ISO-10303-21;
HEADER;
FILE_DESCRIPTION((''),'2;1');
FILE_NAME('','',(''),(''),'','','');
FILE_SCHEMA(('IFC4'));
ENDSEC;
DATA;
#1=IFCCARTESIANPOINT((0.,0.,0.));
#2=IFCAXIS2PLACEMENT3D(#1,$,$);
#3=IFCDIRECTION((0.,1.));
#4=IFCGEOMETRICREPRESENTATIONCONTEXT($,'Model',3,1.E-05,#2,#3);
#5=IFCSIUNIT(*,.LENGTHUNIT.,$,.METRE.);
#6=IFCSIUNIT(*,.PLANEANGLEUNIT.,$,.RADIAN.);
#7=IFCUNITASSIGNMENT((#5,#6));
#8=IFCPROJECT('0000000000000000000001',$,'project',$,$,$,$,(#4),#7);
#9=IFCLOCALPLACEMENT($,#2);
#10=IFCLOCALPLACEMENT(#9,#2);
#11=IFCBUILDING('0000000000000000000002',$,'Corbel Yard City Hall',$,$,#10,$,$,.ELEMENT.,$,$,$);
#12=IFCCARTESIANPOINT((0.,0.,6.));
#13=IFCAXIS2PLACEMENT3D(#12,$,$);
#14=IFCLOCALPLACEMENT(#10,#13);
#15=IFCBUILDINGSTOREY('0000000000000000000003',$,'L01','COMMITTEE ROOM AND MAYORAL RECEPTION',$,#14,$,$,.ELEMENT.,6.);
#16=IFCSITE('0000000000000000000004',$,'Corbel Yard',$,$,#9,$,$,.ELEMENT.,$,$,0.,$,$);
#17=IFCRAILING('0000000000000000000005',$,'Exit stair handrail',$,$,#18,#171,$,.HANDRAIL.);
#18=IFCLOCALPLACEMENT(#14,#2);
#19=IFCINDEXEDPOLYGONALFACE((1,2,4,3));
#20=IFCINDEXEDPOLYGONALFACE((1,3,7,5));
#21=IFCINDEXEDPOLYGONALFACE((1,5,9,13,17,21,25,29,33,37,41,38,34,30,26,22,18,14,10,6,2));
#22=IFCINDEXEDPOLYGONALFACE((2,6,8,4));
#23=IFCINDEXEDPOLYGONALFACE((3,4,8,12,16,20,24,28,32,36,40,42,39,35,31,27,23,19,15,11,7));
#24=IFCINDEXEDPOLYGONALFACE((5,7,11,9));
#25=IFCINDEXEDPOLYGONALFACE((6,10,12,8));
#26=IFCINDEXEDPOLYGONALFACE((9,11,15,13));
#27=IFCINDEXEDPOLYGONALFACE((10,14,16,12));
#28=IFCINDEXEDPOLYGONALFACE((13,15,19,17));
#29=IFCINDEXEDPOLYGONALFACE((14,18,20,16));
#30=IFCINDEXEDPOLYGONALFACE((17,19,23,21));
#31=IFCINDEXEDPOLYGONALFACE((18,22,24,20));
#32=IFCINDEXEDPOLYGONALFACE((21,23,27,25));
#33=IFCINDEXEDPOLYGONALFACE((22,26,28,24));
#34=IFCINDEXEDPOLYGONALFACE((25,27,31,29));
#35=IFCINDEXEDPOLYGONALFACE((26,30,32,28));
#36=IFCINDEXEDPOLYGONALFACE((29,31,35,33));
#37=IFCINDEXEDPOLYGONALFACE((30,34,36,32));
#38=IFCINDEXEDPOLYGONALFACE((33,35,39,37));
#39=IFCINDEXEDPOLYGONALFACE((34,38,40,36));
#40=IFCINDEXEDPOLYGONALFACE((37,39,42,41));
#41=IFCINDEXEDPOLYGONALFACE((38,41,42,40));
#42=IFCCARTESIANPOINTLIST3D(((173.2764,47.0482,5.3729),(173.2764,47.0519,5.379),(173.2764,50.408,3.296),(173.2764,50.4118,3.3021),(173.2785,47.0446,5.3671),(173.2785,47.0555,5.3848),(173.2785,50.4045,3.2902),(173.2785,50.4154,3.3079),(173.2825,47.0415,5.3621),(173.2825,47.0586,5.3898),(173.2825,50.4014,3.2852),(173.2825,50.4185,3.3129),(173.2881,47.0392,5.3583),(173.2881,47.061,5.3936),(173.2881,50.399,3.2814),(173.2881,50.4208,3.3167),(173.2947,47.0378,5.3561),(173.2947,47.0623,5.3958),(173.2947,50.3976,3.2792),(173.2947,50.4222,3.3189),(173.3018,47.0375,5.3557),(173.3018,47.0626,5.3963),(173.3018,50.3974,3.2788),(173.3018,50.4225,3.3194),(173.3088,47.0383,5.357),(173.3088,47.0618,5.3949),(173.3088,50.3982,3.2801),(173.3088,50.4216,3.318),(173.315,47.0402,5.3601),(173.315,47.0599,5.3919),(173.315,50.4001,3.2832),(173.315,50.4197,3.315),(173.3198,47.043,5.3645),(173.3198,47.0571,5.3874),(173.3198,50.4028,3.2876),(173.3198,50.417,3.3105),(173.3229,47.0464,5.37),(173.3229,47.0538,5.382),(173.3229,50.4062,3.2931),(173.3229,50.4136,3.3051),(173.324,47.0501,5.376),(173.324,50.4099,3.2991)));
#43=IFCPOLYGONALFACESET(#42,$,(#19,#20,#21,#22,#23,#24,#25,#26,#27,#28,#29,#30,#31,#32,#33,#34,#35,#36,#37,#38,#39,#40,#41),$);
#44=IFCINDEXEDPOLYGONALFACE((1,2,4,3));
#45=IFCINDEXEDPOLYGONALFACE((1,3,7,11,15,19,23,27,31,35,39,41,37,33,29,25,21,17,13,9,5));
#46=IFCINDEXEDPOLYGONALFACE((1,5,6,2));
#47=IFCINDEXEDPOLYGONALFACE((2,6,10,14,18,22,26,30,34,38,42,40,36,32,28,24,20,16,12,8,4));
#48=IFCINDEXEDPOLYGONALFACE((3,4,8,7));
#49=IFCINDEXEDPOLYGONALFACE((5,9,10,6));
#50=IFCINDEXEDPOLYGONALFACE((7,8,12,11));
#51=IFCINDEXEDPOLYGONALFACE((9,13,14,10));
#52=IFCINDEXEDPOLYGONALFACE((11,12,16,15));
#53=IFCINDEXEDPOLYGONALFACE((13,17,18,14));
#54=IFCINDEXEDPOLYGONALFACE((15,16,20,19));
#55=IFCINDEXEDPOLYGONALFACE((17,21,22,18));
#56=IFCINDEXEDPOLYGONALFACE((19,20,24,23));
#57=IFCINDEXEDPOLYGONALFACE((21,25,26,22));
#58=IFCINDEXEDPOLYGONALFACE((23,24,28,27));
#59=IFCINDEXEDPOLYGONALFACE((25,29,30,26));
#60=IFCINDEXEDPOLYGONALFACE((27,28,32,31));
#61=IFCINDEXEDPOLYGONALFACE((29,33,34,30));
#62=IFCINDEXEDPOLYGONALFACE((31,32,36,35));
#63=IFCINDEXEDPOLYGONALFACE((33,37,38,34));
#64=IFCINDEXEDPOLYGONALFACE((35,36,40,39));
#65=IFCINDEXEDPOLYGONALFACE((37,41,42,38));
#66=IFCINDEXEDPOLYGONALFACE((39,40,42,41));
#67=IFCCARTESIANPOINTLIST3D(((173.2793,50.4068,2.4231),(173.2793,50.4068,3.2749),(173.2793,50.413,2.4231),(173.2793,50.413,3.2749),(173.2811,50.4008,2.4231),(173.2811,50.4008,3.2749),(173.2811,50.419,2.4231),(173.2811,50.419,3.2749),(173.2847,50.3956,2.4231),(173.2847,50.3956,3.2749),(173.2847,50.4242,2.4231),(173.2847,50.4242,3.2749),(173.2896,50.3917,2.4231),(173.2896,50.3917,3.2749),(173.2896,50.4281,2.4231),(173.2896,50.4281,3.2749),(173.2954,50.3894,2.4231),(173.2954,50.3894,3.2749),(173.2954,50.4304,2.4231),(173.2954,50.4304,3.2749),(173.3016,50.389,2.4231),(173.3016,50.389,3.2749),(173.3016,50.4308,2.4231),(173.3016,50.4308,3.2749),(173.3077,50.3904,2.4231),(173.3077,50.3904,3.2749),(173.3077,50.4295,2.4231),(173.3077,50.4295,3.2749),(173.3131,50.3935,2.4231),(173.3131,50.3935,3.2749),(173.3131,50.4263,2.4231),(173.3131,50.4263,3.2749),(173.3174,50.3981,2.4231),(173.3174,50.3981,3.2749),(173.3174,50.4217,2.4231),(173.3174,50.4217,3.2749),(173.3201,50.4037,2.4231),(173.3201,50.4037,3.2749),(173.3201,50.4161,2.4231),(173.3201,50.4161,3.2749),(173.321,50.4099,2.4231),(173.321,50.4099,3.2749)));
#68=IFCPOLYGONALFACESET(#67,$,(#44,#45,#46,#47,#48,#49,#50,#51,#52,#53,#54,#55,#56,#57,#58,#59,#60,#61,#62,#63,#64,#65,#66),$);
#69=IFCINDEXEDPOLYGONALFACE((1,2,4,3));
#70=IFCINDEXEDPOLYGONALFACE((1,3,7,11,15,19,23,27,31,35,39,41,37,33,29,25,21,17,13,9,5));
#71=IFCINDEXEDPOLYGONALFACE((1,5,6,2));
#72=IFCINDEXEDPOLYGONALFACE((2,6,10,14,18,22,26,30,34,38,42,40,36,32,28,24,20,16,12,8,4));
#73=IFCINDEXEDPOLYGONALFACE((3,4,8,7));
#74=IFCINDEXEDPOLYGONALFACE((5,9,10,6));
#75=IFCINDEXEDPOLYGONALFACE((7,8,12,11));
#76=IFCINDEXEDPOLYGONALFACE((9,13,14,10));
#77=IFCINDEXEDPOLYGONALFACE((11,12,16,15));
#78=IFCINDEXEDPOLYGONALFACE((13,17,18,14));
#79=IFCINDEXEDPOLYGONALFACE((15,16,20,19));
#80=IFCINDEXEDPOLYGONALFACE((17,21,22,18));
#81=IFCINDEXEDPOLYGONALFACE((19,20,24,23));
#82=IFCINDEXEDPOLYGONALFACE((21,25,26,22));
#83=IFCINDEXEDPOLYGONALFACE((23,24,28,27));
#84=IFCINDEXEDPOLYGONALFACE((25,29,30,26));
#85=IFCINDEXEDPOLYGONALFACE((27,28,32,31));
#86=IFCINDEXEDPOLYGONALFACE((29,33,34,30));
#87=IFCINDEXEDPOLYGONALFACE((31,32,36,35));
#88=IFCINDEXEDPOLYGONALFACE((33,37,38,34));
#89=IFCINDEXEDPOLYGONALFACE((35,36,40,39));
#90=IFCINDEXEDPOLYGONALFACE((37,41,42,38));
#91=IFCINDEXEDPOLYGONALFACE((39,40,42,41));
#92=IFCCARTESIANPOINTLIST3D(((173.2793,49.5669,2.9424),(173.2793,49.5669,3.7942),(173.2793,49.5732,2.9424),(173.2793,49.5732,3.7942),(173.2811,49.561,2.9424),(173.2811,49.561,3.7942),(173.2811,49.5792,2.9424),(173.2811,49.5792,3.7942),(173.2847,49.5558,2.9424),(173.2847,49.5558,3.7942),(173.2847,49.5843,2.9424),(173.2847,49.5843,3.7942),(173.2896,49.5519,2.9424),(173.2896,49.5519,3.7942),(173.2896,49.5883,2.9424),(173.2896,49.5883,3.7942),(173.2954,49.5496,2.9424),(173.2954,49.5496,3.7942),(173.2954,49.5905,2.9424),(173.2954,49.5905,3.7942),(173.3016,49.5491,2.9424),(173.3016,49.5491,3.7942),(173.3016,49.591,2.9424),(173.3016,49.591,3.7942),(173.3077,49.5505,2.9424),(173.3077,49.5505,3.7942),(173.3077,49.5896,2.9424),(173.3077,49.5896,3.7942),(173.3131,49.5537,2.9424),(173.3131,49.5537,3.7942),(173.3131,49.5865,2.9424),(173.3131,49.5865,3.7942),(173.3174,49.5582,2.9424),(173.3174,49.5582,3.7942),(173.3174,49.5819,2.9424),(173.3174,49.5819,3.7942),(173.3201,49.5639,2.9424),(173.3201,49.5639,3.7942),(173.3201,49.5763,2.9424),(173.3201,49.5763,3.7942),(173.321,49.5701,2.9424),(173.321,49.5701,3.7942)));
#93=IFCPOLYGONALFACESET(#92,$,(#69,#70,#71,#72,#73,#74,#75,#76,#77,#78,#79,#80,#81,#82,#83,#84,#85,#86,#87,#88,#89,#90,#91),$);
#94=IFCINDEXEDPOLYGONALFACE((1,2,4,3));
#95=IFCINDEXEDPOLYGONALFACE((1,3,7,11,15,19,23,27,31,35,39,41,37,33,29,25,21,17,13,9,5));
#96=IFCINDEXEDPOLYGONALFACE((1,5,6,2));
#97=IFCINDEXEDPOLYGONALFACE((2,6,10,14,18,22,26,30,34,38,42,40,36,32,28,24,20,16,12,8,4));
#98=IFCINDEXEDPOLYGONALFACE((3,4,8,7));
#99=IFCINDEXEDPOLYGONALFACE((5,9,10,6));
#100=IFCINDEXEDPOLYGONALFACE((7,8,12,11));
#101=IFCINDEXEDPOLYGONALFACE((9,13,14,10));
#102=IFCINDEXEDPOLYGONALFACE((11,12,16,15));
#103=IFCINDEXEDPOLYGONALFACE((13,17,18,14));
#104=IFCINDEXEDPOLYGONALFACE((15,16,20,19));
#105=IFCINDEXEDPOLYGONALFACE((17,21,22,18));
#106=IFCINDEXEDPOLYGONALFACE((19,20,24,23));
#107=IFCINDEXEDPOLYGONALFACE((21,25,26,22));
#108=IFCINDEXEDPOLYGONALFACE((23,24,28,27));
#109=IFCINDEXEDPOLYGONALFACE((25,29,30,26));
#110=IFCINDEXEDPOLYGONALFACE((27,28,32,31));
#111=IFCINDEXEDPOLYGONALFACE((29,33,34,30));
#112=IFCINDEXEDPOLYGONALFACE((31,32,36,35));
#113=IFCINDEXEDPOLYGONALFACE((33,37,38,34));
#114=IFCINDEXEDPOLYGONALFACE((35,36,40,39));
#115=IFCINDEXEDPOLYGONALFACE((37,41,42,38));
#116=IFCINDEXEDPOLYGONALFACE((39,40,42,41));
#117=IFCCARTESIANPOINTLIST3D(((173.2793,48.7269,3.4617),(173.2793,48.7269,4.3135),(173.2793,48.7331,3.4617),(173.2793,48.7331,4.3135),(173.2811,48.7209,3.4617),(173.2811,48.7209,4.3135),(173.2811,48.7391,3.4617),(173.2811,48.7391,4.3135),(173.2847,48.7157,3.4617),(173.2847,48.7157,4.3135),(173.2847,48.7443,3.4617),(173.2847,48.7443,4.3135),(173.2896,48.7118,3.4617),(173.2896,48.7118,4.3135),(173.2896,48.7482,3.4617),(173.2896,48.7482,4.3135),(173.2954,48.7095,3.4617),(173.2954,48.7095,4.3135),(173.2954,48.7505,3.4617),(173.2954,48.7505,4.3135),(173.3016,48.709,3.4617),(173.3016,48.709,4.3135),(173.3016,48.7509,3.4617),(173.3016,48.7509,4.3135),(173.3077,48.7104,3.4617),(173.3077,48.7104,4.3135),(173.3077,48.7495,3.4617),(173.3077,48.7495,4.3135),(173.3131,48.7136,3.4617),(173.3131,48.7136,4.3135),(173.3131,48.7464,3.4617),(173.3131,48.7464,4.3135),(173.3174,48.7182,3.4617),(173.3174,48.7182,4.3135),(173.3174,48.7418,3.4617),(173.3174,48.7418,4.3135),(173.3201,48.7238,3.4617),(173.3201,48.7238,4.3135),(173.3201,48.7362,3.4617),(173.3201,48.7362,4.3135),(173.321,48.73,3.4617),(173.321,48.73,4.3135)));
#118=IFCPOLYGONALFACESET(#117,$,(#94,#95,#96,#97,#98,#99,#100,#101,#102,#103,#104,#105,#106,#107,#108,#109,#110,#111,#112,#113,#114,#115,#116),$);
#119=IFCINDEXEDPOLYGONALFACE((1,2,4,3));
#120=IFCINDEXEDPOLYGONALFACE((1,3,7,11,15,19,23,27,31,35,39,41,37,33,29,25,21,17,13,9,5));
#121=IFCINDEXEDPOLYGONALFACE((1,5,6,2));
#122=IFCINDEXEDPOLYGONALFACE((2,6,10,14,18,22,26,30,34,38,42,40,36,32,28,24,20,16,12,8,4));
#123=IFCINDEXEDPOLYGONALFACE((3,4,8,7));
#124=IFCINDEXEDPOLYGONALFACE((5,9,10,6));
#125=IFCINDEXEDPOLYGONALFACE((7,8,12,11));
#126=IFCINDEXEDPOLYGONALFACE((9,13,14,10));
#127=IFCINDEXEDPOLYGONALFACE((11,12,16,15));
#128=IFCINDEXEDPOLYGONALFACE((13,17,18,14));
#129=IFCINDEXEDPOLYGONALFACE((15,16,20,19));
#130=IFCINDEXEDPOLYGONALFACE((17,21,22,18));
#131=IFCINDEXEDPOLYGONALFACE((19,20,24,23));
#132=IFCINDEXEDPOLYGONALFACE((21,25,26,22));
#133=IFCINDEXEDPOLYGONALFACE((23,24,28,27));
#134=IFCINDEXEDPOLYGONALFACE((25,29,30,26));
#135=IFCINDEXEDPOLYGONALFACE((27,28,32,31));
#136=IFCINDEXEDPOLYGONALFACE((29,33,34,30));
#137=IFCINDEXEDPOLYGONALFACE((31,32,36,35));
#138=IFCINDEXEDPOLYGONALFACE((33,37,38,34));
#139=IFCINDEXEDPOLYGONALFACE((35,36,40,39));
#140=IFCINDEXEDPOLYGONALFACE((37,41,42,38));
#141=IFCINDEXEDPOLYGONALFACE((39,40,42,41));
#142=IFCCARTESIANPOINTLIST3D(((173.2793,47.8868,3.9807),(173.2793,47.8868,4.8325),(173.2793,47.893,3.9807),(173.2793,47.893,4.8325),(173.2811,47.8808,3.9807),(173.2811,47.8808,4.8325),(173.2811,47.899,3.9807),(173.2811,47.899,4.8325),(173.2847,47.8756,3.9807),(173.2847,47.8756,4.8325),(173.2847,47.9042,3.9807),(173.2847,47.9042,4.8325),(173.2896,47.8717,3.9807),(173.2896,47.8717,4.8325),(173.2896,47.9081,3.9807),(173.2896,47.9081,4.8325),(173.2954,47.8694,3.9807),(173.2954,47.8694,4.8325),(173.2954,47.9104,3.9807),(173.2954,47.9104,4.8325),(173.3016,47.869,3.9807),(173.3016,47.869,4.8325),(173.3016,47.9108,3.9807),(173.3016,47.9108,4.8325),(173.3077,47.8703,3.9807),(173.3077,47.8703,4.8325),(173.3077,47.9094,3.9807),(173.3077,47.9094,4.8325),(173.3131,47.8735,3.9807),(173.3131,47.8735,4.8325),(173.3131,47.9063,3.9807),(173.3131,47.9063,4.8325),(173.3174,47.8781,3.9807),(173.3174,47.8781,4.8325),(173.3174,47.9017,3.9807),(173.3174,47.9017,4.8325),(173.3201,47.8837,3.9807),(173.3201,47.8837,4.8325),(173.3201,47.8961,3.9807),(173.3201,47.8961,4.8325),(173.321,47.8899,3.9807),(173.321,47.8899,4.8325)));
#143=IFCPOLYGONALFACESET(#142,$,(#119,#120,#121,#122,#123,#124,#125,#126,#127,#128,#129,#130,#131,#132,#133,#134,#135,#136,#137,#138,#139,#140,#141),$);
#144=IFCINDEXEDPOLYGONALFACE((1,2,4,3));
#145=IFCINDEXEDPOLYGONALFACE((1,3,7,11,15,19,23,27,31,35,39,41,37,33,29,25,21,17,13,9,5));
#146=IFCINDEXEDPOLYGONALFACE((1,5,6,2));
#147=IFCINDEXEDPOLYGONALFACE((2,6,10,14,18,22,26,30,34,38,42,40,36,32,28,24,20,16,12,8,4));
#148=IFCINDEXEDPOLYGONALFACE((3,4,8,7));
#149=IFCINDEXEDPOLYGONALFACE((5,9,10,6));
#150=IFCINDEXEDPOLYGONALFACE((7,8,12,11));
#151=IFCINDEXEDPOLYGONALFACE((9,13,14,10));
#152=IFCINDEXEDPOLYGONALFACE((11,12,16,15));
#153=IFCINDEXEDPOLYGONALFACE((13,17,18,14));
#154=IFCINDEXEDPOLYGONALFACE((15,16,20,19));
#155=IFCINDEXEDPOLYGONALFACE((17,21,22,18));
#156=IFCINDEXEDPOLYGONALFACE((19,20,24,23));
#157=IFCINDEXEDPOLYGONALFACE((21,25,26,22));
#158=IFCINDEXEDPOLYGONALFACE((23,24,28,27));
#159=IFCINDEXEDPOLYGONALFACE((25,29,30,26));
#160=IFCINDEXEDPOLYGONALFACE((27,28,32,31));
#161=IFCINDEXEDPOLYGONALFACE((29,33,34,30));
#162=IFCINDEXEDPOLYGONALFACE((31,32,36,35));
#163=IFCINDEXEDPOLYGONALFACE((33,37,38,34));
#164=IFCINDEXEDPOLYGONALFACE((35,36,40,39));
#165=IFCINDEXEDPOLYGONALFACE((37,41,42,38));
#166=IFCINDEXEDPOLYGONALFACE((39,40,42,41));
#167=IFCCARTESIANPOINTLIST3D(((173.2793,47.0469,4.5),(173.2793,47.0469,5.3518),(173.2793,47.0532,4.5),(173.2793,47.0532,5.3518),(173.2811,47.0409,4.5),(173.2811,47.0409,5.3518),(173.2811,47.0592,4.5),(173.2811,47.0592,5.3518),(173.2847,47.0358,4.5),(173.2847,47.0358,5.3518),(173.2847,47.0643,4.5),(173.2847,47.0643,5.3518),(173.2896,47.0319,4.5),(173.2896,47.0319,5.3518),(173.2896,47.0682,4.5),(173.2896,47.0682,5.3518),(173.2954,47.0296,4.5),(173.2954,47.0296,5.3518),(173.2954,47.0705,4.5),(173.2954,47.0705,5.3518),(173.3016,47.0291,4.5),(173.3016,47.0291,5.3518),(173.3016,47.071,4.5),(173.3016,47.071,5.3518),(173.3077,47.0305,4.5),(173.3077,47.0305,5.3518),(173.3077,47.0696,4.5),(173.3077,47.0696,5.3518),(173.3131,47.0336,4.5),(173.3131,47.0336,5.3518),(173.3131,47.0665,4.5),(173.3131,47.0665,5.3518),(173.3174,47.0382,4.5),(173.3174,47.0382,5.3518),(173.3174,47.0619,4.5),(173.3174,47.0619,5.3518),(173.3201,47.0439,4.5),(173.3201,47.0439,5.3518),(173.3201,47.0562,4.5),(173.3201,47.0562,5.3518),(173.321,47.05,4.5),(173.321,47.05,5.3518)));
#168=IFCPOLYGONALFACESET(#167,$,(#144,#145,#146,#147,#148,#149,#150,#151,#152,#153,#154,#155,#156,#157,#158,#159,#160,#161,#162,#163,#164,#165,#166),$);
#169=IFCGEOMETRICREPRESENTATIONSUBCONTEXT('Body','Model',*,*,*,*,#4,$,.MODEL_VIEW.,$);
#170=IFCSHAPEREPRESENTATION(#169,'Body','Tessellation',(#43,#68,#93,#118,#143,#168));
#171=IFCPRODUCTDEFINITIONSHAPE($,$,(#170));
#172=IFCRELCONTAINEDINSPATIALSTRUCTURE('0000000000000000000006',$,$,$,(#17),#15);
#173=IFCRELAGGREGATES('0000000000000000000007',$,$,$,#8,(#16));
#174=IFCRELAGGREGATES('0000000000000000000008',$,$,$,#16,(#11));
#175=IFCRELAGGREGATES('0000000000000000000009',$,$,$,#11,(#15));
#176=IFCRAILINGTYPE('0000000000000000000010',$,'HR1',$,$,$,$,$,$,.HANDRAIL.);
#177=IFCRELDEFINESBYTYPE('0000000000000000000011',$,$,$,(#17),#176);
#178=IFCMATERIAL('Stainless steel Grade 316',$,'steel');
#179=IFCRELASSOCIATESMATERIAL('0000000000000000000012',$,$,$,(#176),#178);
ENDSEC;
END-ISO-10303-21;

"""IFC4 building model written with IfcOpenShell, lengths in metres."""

from ifc_helpers import new_model, si_unit, direction, frame, origin, origin_2d, place, context, subcontext, project, spatial, circle, extrude, material, type_object, element, save


model = new_model("IFC4")

# Units and contexts
model_context = context("Model", 3, precision=1e-05, world=origin(), true_north=direction((0.0, 1.0)))
body_context = subcontext(model_context, "Body", "Model", "MODEL_VIEW")
ifc_project = project(units=[si_unit("LENGTHUNIT", "METRE"), si_unit("PLANEANGLEUNIT", "RADIAN")], contexts=[model_context])

# Site, building, storey
site_placement = place(None, origin())
site = spatial("IfcSite", under=ifc_project, at=site_placement, Name="Corbel Yard", CompositionType="ELEMENT", RefElevation=0.0)
building_placement = place(site_placement, origin())
building = spatial("IfcBuilding", under=site, at=building_placement, Name="Corbel Yard City Hall", CompositionType="ELEMENT")
storey_placement = place(building_placement, frame((0.0, 0.0, 6.0)))
storey = spatial("IfcBuildingStorey", under=building, at=storey_placement, Name="L01", Description="COMMITTEE ROOM AND MAYORAL RECEPTION", CompositionType="ELEMENT", Elevation=6.0)

# Railing
ifc_material_1 = material(Name="Stainless steel Grade 316", Category="steel")
railing_type = type_object("IfcRailingType", Name="HR1", PredefinedType="HANDRAIL", material=ifc_material_1)
for number, where, name in (
    (1, (173.3, 50.4099, 2.4231), "Exit stair handrail"),
):
    element("IfcRailing", number, at=place(storey_placement, frame(where)), inside=storey, type_object=railing_type, Name=name, PredefinedType="HANDRAIL", context=body_context, shape_type="SweptSolid", body=[
        extrude(circle(Radius=0.0239, at=origin_2d()), frame((0.0, 0.0, 0.876), z_axis=(0.0, -0.850606, 0.525803), x_axis=(1.0, 0.0, 0.0)), (0.0, 0.0, 1.0), 3.95),
        extrude(circle(Radius=0.021, at=origin_2d()), origin(), (0.0, 0.0, 1.0), 0.8518),
        extrude(circle(Radius=0.021, at=origin_2d()), frame((0.0, -0.8398, 0.5193)), (0.0, 0.0, 1.0), 0.8518),
        extrude(circle(Radius=0.021, at=origin_2d()), frame((0.0, -1.6799, 1.0386)), (0.0, 0.0, 1.0), 0.8518),
        extrude(circle(Radius=0.021, at=origin_2d()), frame((0.0, -2.52, 1.5576)), (0.0, 0.0, 1.0), 0.8518),
        extrude(circle(Radius=0.021, at=origin_2d()), frame((0.0, -3.3599, 2.0769)), (0.0, 0.0, 1.0), 0.8518),
    ])

save(model, "model.ifc")
